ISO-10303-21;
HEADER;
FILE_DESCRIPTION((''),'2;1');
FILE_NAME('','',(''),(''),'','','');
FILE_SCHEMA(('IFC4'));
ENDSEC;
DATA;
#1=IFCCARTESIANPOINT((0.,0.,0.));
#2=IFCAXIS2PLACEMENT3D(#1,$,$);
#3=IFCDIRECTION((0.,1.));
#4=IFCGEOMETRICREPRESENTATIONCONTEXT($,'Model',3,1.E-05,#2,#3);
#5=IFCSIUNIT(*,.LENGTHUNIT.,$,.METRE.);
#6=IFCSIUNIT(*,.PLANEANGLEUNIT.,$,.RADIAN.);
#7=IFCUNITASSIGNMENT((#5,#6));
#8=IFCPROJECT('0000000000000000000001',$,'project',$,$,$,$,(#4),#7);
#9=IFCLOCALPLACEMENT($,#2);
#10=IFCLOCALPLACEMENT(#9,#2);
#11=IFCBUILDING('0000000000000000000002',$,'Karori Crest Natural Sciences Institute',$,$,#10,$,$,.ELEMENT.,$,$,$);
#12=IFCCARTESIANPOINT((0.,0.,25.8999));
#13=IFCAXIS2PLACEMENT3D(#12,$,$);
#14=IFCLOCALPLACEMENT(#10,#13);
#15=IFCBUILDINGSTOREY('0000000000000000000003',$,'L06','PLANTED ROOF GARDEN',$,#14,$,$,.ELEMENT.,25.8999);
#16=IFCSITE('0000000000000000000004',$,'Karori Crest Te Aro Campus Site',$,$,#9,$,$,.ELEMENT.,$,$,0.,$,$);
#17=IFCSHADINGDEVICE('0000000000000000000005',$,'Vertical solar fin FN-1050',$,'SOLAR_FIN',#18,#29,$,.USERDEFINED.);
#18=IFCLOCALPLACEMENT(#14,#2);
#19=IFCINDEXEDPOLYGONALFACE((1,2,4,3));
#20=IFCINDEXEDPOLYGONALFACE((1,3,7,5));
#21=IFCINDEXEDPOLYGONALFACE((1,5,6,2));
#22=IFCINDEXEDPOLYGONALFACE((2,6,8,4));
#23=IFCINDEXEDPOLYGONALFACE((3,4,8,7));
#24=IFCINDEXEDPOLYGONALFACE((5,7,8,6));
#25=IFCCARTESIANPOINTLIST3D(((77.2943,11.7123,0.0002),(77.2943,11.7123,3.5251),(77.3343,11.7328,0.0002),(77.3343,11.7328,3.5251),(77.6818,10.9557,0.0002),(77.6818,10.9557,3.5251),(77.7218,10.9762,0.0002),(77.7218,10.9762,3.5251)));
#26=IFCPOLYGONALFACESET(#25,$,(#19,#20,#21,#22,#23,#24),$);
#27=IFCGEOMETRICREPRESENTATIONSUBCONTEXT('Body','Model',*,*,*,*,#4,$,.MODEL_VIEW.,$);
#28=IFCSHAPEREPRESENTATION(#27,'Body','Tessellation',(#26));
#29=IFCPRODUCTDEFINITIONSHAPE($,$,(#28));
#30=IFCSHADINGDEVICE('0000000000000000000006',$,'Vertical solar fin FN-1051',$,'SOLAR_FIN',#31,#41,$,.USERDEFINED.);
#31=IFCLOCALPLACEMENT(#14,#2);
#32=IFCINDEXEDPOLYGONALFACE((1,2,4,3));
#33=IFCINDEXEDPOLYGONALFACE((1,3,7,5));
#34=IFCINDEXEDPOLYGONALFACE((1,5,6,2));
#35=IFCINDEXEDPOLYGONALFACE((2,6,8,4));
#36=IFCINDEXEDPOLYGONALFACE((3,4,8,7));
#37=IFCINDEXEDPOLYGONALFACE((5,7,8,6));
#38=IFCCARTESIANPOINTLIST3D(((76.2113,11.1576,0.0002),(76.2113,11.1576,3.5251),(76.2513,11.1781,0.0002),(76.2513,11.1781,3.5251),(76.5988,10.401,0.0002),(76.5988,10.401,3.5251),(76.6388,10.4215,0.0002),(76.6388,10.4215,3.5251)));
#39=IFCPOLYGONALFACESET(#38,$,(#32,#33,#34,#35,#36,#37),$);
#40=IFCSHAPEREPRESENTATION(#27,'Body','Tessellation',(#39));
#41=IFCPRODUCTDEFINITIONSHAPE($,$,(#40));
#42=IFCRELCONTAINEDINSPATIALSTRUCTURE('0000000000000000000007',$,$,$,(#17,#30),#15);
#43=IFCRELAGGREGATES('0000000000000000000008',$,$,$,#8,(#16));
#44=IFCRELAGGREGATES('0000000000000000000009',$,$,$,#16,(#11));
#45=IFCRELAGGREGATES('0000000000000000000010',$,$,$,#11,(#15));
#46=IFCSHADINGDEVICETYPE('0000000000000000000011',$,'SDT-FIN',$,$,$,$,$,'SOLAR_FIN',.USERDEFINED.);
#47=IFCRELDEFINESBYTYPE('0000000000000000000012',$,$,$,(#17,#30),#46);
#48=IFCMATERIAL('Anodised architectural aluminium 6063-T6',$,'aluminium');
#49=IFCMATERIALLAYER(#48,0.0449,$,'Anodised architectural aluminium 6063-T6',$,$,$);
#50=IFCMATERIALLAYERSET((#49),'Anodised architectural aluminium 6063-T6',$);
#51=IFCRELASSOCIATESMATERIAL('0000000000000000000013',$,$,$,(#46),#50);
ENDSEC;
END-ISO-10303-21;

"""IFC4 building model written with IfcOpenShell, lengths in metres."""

from ifc_helpers import new_model, si_unit, direction, frame, origin, origin_2d, place, context, subcontext, project, spatial, rectangle, extrude, material, layer, layer_set, type_object, element, save


model = new_model("IFC4")

# Units and contexts
model_context = context("Model", 3, precision=1e-05, world=origin(), true_north=direction((0.0, 1.0)))
body_context = subcontext(model_context, "Body", "Model", "MODEL_VIEW")
ifc_project = project(units=[si_unit("LENGTHUNIT", "METRE"), si_unit("PLANEANGLEUNIT", "RADIAN")], contexts=[model_context])

# Site, building, storey
site_placement = place(None, origin())
site = spatial("IfcSite", under=ifc_project, at=site_placement, Name="Karori Crest Te Aro Campus Site", CompositionType="ELEMENT", RefElevation=0.0)
building_placement = place(site_placement, origin())
building = spatial("IfcBuilding", under=site, at=building_placement, Name="Karori Crest Natural Sciences Institute", CompositionType="ELEMENT")
storey_placement = place(building_placement, frame((0.0, 0.0, 25.8999)))
storey = spatial("IfcBuildingStorey", under=building, at=storey_placement, Name="L06", Description="PLANTED ROOF GARDEN", CompositionType="ELEMENT", Elevation=25.8999)

# Shared definitions
ifc_material_1 = material(Name="Anodised architectural aluminium 6063-T6", Category="aluminium")

# Shading devices
ifc_layer_1 = layer(ifc_material_1, 0.0449, Name="Anodised architectural aluminium 6063-T6")
ifc_layer_set_1 = layer_set([ifc_layer_1], Name="Anodised architectural aluminium 6063-T6")
shading_device_type = type_object("IfcShadingDeviceType", Name="SDT-FIN", ElementType="SOLAR_FIN", PredefinedType="USERDEFINED", material=ifc_layer_set_1)
for number, where, z_axis, x_axis, name in (
    (1, (77.5081, 11.3442, 0.0002), (0.0, 0.0, 1.0), (0.455829, -0.890067, 0.0), "Vertical solar fin FN-1050"),
    (2, (76.425, 10.7896, 0.0002), (0.0, 0.0, 1.0), (0.455829, -0.890067, 0.0), "Vertical solar fin FN-1051"),
):
    element("IfcShadingDevice", number, at=place(storey_placement, frame(where, z_axis=z_axis, x_axis=x_axis)), inside=storey, type_object=shading_device_type, Name=name, ObjectType="SOLAR_FIN", PredefinedType="USERDEFINED", context=body_context, shape_type="SweptSolid", body=[
        extrude(rectangle(XDim=0.8501, YDim=0.0449, at=origin_2d()), origin(), (0.0, 0.0, 1.0), 3.5249),
    ])

save(model, "model.ifc")
